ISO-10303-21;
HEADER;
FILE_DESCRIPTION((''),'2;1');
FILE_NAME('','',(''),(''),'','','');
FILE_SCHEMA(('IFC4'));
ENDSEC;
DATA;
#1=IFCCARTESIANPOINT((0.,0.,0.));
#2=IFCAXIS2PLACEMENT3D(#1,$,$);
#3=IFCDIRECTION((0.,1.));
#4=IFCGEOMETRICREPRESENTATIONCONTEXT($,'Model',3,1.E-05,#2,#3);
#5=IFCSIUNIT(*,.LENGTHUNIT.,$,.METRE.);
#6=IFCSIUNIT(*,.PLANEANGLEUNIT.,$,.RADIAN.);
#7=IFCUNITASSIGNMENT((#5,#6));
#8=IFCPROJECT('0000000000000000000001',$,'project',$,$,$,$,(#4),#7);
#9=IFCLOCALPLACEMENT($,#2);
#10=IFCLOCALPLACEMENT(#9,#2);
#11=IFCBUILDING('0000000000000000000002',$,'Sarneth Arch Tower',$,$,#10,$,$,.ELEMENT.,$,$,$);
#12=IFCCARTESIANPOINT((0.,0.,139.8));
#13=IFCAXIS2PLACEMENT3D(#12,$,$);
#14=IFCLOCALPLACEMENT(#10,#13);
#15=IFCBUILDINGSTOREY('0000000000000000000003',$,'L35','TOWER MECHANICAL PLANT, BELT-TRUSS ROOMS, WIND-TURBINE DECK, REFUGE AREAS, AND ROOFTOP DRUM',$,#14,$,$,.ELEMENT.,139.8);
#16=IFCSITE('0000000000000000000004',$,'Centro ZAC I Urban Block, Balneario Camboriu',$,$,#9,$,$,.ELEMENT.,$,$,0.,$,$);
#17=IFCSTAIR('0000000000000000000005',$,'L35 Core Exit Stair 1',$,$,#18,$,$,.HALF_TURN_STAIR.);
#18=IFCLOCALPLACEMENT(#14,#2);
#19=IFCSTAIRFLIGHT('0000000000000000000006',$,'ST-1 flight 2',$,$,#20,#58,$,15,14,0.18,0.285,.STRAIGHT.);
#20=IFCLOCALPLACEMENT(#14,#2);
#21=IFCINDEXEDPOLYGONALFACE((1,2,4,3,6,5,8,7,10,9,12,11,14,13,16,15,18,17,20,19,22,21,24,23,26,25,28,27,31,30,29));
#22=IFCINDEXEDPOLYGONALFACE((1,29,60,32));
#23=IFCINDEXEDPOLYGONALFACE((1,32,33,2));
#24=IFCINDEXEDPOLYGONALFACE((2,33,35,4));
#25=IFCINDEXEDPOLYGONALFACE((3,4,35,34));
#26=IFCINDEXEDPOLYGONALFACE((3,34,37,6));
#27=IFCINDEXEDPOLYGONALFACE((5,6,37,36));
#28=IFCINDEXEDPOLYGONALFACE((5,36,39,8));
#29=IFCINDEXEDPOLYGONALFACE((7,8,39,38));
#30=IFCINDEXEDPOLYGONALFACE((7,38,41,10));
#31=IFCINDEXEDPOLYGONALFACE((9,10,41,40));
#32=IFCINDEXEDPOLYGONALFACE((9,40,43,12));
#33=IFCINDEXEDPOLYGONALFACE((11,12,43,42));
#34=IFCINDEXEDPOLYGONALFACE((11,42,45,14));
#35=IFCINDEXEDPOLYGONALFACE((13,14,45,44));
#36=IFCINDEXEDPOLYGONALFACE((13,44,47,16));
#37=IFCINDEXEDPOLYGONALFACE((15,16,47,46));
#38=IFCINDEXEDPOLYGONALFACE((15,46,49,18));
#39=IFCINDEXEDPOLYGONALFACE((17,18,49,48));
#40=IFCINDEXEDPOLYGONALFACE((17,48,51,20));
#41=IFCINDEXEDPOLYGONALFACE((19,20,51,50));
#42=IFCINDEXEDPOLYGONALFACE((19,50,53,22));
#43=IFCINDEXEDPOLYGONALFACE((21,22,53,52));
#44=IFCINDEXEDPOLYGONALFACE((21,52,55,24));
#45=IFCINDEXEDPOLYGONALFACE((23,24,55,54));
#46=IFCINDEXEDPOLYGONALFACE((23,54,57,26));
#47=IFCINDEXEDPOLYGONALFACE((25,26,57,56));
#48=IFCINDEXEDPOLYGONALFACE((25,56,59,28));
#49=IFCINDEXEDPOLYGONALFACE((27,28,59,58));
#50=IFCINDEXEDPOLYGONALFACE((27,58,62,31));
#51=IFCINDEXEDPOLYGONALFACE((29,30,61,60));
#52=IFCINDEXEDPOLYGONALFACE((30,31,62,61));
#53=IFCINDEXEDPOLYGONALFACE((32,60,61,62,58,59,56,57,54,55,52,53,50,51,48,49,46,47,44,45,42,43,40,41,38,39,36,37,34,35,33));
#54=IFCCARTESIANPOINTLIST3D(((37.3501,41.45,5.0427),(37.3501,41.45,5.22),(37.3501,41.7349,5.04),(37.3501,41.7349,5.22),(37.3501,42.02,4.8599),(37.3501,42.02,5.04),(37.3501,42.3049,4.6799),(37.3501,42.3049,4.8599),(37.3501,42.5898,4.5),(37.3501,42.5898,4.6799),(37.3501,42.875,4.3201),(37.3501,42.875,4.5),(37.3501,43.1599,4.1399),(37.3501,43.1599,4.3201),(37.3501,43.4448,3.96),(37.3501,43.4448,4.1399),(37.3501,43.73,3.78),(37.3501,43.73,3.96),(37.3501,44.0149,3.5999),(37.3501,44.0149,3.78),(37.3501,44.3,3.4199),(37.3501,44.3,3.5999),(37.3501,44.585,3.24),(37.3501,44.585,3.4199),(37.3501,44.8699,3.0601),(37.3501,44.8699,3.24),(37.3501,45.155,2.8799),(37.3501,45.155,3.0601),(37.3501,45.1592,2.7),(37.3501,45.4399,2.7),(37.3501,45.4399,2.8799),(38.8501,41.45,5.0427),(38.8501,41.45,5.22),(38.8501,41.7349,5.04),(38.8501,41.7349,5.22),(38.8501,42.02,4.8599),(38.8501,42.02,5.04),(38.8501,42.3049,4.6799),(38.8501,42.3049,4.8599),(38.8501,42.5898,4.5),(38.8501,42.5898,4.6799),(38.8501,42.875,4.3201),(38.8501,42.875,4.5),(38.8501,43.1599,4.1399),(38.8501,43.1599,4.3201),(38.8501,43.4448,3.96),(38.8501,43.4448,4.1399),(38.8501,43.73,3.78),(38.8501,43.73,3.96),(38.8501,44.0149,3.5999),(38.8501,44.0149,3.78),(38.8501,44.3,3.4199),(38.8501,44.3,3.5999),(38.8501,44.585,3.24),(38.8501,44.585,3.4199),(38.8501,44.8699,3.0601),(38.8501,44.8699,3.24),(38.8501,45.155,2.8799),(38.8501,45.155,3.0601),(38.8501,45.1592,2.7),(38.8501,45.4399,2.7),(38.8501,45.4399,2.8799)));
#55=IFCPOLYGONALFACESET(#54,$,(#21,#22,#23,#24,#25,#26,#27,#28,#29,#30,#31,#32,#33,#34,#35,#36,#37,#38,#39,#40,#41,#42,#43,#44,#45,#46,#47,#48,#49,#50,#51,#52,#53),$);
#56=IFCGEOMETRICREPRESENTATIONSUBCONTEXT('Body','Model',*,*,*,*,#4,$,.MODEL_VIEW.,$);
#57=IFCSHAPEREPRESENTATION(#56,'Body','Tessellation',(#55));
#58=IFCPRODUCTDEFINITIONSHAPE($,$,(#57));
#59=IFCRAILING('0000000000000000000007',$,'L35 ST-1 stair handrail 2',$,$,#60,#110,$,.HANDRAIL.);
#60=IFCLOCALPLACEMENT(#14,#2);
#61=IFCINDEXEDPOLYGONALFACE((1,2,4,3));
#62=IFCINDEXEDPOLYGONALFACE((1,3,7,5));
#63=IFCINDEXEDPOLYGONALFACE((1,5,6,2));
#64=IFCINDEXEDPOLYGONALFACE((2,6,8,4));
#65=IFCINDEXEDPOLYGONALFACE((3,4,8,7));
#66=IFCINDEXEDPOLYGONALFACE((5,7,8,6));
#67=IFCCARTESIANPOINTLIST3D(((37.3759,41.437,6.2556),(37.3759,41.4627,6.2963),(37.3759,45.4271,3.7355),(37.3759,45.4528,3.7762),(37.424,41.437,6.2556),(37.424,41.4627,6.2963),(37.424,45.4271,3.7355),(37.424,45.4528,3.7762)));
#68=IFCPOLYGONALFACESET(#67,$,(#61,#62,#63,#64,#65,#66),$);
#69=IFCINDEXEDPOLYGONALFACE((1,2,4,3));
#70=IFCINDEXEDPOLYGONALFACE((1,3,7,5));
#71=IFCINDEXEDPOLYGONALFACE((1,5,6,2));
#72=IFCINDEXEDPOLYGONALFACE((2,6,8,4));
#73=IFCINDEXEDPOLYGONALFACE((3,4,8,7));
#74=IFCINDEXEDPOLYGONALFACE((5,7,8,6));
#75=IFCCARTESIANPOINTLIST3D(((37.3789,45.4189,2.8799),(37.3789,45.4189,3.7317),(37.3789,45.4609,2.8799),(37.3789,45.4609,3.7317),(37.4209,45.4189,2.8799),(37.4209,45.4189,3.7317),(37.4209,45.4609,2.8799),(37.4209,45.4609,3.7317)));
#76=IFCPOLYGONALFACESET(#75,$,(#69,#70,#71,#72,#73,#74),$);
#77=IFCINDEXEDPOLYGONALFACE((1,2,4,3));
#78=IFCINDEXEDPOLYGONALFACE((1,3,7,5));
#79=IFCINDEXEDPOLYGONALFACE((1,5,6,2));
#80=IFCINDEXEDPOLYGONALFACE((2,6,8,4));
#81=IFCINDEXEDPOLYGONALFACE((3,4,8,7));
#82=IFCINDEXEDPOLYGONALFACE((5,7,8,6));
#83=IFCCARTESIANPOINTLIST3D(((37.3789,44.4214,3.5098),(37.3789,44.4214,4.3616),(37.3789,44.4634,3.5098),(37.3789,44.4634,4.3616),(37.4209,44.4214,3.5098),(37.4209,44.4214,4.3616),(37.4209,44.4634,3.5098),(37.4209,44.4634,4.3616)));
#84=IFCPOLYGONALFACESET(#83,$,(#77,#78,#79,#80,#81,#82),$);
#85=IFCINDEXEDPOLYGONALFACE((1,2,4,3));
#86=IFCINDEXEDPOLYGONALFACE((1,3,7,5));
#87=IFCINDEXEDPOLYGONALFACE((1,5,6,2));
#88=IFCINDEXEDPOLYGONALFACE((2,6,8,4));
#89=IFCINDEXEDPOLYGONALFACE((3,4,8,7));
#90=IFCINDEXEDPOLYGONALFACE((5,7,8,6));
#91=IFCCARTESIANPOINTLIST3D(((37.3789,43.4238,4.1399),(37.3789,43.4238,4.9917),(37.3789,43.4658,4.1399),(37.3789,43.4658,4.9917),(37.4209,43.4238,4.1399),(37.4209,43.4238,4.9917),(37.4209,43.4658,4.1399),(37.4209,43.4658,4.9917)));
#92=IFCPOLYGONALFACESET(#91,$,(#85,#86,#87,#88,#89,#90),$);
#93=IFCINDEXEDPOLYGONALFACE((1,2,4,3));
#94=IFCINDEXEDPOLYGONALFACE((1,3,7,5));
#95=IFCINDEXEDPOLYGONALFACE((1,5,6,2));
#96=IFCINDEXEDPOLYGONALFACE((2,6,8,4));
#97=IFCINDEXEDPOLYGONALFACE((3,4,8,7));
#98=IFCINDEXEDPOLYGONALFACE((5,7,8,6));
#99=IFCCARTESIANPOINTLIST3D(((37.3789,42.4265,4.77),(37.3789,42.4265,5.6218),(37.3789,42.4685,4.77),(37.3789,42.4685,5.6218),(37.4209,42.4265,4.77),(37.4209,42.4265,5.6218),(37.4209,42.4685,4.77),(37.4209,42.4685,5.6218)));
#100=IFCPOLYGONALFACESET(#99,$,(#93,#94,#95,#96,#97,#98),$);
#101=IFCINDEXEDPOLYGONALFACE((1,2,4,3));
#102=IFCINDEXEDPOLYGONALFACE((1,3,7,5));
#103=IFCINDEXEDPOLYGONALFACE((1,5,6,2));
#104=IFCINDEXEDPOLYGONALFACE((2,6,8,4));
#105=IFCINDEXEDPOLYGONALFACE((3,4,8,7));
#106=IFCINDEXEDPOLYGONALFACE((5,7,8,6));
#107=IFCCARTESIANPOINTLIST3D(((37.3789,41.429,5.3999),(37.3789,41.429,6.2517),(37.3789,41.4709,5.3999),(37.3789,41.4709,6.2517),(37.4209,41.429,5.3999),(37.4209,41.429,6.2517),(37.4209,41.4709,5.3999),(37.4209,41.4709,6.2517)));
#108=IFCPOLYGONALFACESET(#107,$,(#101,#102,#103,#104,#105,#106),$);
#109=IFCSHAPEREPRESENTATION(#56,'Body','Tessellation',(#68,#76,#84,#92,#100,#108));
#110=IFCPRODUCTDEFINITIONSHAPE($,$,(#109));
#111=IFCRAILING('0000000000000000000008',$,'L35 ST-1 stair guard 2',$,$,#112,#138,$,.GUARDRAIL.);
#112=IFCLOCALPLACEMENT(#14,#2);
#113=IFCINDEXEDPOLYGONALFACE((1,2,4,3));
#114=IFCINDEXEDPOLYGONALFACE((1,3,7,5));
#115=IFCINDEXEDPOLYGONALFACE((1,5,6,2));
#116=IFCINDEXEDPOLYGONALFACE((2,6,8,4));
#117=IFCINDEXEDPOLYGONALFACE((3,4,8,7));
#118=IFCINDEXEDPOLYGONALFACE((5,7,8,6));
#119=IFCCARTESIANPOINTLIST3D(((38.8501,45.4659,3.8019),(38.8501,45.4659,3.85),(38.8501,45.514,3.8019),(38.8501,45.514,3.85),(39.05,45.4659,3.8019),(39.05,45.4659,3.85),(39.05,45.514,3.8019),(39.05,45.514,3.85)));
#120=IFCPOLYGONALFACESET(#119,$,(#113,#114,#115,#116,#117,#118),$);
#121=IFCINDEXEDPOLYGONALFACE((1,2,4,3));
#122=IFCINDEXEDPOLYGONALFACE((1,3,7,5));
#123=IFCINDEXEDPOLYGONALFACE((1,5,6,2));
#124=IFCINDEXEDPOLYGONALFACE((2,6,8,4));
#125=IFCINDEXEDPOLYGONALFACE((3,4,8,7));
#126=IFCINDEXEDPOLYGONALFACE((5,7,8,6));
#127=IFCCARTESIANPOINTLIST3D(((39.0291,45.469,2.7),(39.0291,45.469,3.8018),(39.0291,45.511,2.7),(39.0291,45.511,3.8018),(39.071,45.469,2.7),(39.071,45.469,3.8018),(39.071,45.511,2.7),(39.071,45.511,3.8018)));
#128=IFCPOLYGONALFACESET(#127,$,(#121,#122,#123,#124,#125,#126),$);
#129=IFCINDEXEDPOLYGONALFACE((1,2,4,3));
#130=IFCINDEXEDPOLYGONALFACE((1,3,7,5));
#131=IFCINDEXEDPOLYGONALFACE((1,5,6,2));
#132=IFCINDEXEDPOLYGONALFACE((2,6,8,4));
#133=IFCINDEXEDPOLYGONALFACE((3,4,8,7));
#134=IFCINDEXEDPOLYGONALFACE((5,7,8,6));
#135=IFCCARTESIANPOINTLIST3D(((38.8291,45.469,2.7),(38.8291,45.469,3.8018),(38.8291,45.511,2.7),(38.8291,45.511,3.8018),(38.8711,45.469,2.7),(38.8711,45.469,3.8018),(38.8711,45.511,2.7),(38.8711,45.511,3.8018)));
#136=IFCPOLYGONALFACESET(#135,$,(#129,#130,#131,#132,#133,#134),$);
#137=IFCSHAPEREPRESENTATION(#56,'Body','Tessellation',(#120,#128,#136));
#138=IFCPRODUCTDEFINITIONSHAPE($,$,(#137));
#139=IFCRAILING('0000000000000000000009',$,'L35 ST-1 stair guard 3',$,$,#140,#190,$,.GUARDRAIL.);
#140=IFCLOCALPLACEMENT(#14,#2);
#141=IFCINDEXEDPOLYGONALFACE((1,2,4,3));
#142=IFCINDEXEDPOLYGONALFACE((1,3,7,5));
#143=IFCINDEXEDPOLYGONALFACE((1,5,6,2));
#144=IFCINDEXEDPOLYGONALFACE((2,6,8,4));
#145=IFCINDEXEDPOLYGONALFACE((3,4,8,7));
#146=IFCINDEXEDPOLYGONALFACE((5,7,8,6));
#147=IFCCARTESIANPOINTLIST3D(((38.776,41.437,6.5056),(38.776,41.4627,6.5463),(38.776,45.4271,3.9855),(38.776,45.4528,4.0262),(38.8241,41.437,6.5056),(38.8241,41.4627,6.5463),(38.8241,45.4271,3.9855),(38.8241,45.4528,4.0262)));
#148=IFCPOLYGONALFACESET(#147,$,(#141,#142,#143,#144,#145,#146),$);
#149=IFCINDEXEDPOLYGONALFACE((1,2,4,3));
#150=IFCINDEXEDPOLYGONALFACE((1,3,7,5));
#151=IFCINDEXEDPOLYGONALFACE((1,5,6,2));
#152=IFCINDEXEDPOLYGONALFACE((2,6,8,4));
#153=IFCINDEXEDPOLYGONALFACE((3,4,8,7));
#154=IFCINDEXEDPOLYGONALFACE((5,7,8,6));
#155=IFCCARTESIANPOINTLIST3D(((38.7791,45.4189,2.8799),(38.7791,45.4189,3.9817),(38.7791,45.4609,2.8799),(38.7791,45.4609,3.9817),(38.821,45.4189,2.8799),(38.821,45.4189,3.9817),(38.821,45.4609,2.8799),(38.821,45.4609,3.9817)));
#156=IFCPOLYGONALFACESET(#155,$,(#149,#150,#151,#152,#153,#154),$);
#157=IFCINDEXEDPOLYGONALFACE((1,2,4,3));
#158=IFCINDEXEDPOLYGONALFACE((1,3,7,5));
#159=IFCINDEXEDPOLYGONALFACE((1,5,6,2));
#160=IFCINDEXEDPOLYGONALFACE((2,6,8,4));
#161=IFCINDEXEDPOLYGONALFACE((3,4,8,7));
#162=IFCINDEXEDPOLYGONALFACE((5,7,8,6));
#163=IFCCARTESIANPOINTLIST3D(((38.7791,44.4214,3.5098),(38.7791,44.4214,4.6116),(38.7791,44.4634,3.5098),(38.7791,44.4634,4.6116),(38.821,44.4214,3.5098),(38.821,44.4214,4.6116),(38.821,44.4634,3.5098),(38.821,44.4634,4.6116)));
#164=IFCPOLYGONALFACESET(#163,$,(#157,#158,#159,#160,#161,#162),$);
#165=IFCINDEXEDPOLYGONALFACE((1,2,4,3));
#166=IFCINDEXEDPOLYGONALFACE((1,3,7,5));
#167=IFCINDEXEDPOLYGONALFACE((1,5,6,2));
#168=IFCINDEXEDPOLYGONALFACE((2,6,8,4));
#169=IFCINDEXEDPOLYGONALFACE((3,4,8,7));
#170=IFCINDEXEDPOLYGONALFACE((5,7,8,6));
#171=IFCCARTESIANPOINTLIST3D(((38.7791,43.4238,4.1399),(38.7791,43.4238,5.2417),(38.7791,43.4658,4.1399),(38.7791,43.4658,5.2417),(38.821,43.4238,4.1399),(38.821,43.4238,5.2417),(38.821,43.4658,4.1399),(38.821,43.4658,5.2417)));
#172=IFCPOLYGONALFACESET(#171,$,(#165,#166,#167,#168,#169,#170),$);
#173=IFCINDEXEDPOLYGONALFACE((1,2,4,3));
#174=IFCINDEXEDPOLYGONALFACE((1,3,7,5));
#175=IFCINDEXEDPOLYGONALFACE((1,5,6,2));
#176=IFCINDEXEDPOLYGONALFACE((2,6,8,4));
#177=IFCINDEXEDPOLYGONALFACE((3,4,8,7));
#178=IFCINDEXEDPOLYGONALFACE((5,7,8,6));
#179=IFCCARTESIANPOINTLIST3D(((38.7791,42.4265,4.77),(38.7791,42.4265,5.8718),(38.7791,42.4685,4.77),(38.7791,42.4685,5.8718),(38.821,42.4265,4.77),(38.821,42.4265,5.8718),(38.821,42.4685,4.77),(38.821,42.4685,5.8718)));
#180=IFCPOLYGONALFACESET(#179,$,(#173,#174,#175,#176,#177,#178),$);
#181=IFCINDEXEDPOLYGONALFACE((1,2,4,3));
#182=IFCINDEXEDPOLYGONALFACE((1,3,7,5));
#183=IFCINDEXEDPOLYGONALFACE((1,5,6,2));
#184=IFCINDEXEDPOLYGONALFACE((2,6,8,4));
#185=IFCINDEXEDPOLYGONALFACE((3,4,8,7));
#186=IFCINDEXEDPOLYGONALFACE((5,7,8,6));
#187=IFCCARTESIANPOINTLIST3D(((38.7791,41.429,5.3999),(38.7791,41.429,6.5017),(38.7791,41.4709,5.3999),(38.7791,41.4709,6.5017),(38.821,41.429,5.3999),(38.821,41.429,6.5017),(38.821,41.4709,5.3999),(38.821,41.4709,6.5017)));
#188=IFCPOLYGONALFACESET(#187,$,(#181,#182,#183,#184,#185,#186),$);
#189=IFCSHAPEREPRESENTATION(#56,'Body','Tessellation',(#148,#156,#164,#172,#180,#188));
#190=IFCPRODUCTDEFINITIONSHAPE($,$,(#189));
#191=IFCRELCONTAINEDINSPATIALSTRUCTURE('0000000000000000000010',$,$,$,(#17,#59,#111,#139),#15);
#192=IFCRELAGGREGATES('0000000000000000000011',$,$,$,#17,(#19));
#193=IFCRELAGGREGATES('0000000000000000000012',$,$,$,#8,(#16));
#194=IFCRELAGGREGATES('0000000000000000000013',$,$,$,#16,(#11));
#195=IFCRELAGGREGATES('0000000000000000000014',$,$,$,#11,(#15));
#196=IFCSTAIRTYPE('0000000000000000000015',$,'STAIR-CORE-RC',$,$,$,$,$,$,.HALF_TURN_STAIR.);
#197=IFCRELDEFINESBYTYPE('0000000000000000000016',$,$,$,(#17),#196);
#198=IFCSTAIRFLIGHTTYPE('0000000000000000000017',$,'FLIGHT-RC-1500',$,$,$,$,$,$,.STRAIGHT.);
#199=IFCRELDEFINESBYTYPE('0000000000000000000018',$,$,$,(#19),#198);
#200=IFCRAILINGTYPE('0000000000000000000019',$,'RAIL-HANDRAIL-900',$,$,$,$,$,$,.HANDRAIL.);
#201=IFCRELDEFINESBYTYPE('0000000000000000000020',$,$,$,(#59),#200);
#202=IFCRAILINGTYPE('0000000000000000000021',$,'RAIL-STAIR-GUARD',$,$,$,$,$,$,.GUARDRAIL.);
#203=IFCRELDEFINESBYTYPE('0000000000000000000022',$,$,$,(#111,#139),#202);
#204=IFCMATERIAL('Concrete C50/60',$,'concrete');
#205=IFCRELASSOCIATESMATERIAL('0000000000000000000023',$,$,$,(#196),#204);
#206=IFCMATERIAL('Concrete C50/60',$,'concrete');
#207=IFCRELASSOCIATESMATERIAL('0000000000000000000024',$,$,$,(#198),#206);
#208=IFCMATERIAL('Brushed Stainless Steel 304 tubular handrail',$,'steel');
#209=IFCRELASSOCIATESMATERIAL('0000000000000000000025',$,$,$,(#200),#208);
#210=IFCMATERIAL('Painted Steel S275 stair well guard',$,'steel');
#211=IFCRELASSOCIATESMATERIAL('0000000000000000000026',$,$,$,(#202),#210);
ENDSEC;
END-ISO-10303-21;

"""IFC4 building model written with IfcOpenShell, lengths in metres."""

from ifc_helpers import new_model, si_unit, direction, frame, origin, origin_2d, place, context, subcontext, project, spatial, polyline, rectangle, outline, extrude, material, type_object, element, aggregate, save


model = new_model("IFC4")

# Units and contexts
model_context = context("Model", 3, precision=1e-05, world=origin(), true_north=direction((0.0, 1.0)))
body_context = subcontext(model_context, "Body", "Model", "MODEL_VIEW")
ifc_project = project(units=[si_unit("LENGTHUNIT", "METRE"), si_unit("PLANEANGLEUNIT", "RADIAN")], contexts=[model_context])

# Site, building, storey
site_placement = place(None, origin())
site = spatial("IfcSite", under=ifc_project, at=site_placement, Name="Centro ZAC I Urban Block, Balneario Camboriu", CompositionType="ELEMENT", RefElevation=0.0)
building_placement = place(site_placement, origin())
building = spatial("IfcBuilding", under=site, at=building_placement, Name="Sarneth Arch Tower", CompositionType="ELEMENT")
storey_placement = place(building_placement, frame((0.0, 0.0, 139.8)))
storey = spatial("IfcBuildingStorey", under=building, at=storey_placement, Name="L35", Description="TOWER MECHANICAL PLANT, BELT-TRUSS ROOMS, WIND-TURBINE DECK, REFUGE AREAS, AND ROOFTOP DRUM", CompositionType="ELEMENT", Elevation=139.8)

# Stair, stair flight
ifc_material_1 = material(Name="Concrete C50/60", Category="concrete")
stair_type = type_object("IfcStairType", Name="STAIR-CORE-RC", PredefinedType="HALF_TURN_STAIR", material=ifc_material_1)
stair_placement = place(storey_placement, origin())
stair = element("IfcStair", 1, at=stair_placement, inside=storey, type_object=stair_type, Name="L35 Core Exit Stair 1", PredefinedType="HALF_TURN_STAIR")
ifc_material_2 = material(Name="Concrete C50/60", Category="concrete")
stair_flight_type = type_object("IfcStairFlightType", Name="FLIGHT-RC-1500", PredefinedType="STRAIGHT", material=ifc_material_2)
stair_flight_placement = place(storey_placement, frame((38.1001, 45.4399, 2.7), z_axis=(0.0, 0.0, 1.0), x_axis=(0.0, -1.0, 0.0)))
stair_flight = element("IfcStairFlight", 2, at=stair_flight_placement, type_object=stair_flight_type, Name="ST-1 flight 2", NumberOfRisers=15, NumberOfTreads=14, PredefinedType="STRAIGHT", RiserHeight=0.18, TreadLength=0.285, context=body_context, shape_type="SweptSolid", body=[
    extrude(outline(polyline([(0.0, 0.0), (0.0, 0.1799), (0.2849, 0.1799), (0.2849, 0.3601), (0.5701, 0.3601), (0.5701, 0.54), (0.855, 0.54), (0.855, 0.72), (1.1399, 0.72), (1.1399, 0.8999), (1.425, 0.8999), (1.425, 1.0801), (1.71, 1.0801), (1.71, 1.26), (1.9951, 1.26), (1.9951, 1.4399), (2.28, 1.4399), (2.28, 1.6201), (2.5649, 1.6201), (2.5649, 1.8), (2.8501, 1.8), (2.8501, 1.98), (3.135, 1.98), (3.135, 2.1599), (3.4199, 2.1599), (3.4199, 2.3401), (3.7051, 2.3401), (3.7051, 2.52), (3.99, 2.52), (3.99, 2.7), (3.99, 2.3428), (0.2808, 0.0), (0.0, 0.0)])), frame((0.0, 0.75, 0.0), z_axis=(0.0, -1.0, 0.0), x_axis=(1.0, 0.0, 0.0)), (0.0, 0.0, 1.0), 1.5),
])
aggregate(stair, [stair_flight])

# Railings
ifc_material_3 = material(Name="Brushed Stainless Steel 304 tubular handrail", Category="steel")
railing_type_1 = type_object("IfcRailingType", Name="RAIL-HANDRAIL-900", PredefinedType="HANDRAIL", material=ifc_material_3)
railing_1_placement = place(storey_placement, frame((37.3999, 45.4399, 2.8799)))
element("IfcRailing", 3, at=railing_1_placement, inside=storey, type_object=railing_type_1, Name="L35 ST-1 stair handrail 2", PredefinedType="HANDRAIL", context=body_context, shape_type="SweptSolid", body=[
    extrude(rectangle(XDim=0.0481, YDim=0.0481, at=origin_2d()), frame((0.0, 0.0, 0.876), z_axis=(0.0, -0.845486, 0.533997), x_axis=(1.0, 0.0, 0.0)), (0.0, 0.0, 1.0), 4.7192),
    extrude(rectangle(XDim=0.042, YDim=0.042, at=origin_2d()), origin(), (0.0, 0.0, 1.0), 0.8518),
    extrude(rectangle(XDim=0.042, YDim=0.042, at=origin_2d()), frame((0.0, -0.9976, 0.6299)), (0.0, 0.0, 1.0), 0.8518),
    extrude(rectangle(XDim=0.042, YDim=0.042, at=origin_2d()), frame((0.0, -1.9951, 1.26)), (0.0, 0.0, 1.0), 0.8518),
    extrude(rectangle(XDim=0.042, YDim=0.042, at=origin_2d()), frame((0.0, -2.9924, 1.8901)), (0.0, 0.0, 1.0), 0.8518),
    extrude(rectangle(XDim=0.042, YDim=0.042, at=origin_2d()), frame((0.0, -3.99, 2.52)), (0.0, 0.0, 1.0), 0.8518),
])
ifc_material_4 = material(Name="Painted Steel S275 stair well guard", Category="steel")
railing_type_2 = type_object("IfcRailingType", Name="RAIL-STAIR-GUARD", PredefinedType="GUARDRAIL", material=ifc_material_4)
railing_2_placement = place(storey_placement, frame((39.05, 45.49, 2.7)))
element("IfcRailing", 4, at=railing_2_placement, inside=storey, type_object=railing_type_2, Name="L35 ST-1 stair guard 2", PredefinedType="GUARDRAIL", context=body_context, shape_type="SweptSolid", body=[
    extrude(rectangle(XDim=0.0481, YDim=0.0481, at=origin_2d()), frame((0.0, 0.0, 1.126), z_axis=(-1.0, 0.0, 0.0), x_axis=(0.0, -1.0, 0.0)), (0.0, 0.0, 1.0), 0.2),
    extrude(rectangle(XDim=0.042, YDim=0.042, at=origin_2d()), origin(), (0.0, 0.0, 1.0), 1.1018),
    extrude(rectangle(XDim=0.042, YDim=0.042, at=origin_2d()), frame((-0.2, 0.0, 0.0)), (0.0, 0.0, 1.0), 1.1018),
])
railing_3_placement = place(storey_placement, frame((38.8, 45.4399, 2.8799)))
element("IfcRailing", 5, at=railing_3_placement, inside=storey, type_object=railing_type_2, Name="L35 ST-1 stair guard 3", PredefinedType="GUARDRAIL", context=body_context, shape_type="SweptSolid", body=[
    extrude(rectangle(XDim=0.0481, YDim=0.0481, at=origin_2d()), frame((0.0, 0.0, 1.126), z_axis=(0.0, -0.845486, 0.533997), x_axis=(1.0, 0.0, 0.0)), (0.0, 0.0, 1.0), 4.7192),
    extrude(rectangle(XDim=0.042, YDim=0.042, at=origin_2d()), origin(), (0.0, 0.0, 1.0), 1.1018),
    extrude(rectangle(XDim=0.042, YDim=0.042, at=origin_2d()), frame((0.0, -0.9976, 0.6299)), (0.0, 0.0, 1.0), 1.1018),
    extrude(rectangle(XDim=0.042, YDim=0.042, at=origin_2d()), frame((0.0, -1.9951, 1.26)), (0.0, 0.0, 1.0), 1.1018),
    extrude(rectangle(XDim=0.042, YDim=0.042, at=origin_2d()), frame((0.0, -2.9924, 1.8901)), (0.0, 0.0, 1.0), 1.1018),
    extrude(rectangle(XDim=0.042, YDim=0.042, at=origin_2d()), frame((0.0, -3.99, 2.52)), (0.0, 0.0, 1.0), 1.1018),
])

save(model, "model.ifc")
